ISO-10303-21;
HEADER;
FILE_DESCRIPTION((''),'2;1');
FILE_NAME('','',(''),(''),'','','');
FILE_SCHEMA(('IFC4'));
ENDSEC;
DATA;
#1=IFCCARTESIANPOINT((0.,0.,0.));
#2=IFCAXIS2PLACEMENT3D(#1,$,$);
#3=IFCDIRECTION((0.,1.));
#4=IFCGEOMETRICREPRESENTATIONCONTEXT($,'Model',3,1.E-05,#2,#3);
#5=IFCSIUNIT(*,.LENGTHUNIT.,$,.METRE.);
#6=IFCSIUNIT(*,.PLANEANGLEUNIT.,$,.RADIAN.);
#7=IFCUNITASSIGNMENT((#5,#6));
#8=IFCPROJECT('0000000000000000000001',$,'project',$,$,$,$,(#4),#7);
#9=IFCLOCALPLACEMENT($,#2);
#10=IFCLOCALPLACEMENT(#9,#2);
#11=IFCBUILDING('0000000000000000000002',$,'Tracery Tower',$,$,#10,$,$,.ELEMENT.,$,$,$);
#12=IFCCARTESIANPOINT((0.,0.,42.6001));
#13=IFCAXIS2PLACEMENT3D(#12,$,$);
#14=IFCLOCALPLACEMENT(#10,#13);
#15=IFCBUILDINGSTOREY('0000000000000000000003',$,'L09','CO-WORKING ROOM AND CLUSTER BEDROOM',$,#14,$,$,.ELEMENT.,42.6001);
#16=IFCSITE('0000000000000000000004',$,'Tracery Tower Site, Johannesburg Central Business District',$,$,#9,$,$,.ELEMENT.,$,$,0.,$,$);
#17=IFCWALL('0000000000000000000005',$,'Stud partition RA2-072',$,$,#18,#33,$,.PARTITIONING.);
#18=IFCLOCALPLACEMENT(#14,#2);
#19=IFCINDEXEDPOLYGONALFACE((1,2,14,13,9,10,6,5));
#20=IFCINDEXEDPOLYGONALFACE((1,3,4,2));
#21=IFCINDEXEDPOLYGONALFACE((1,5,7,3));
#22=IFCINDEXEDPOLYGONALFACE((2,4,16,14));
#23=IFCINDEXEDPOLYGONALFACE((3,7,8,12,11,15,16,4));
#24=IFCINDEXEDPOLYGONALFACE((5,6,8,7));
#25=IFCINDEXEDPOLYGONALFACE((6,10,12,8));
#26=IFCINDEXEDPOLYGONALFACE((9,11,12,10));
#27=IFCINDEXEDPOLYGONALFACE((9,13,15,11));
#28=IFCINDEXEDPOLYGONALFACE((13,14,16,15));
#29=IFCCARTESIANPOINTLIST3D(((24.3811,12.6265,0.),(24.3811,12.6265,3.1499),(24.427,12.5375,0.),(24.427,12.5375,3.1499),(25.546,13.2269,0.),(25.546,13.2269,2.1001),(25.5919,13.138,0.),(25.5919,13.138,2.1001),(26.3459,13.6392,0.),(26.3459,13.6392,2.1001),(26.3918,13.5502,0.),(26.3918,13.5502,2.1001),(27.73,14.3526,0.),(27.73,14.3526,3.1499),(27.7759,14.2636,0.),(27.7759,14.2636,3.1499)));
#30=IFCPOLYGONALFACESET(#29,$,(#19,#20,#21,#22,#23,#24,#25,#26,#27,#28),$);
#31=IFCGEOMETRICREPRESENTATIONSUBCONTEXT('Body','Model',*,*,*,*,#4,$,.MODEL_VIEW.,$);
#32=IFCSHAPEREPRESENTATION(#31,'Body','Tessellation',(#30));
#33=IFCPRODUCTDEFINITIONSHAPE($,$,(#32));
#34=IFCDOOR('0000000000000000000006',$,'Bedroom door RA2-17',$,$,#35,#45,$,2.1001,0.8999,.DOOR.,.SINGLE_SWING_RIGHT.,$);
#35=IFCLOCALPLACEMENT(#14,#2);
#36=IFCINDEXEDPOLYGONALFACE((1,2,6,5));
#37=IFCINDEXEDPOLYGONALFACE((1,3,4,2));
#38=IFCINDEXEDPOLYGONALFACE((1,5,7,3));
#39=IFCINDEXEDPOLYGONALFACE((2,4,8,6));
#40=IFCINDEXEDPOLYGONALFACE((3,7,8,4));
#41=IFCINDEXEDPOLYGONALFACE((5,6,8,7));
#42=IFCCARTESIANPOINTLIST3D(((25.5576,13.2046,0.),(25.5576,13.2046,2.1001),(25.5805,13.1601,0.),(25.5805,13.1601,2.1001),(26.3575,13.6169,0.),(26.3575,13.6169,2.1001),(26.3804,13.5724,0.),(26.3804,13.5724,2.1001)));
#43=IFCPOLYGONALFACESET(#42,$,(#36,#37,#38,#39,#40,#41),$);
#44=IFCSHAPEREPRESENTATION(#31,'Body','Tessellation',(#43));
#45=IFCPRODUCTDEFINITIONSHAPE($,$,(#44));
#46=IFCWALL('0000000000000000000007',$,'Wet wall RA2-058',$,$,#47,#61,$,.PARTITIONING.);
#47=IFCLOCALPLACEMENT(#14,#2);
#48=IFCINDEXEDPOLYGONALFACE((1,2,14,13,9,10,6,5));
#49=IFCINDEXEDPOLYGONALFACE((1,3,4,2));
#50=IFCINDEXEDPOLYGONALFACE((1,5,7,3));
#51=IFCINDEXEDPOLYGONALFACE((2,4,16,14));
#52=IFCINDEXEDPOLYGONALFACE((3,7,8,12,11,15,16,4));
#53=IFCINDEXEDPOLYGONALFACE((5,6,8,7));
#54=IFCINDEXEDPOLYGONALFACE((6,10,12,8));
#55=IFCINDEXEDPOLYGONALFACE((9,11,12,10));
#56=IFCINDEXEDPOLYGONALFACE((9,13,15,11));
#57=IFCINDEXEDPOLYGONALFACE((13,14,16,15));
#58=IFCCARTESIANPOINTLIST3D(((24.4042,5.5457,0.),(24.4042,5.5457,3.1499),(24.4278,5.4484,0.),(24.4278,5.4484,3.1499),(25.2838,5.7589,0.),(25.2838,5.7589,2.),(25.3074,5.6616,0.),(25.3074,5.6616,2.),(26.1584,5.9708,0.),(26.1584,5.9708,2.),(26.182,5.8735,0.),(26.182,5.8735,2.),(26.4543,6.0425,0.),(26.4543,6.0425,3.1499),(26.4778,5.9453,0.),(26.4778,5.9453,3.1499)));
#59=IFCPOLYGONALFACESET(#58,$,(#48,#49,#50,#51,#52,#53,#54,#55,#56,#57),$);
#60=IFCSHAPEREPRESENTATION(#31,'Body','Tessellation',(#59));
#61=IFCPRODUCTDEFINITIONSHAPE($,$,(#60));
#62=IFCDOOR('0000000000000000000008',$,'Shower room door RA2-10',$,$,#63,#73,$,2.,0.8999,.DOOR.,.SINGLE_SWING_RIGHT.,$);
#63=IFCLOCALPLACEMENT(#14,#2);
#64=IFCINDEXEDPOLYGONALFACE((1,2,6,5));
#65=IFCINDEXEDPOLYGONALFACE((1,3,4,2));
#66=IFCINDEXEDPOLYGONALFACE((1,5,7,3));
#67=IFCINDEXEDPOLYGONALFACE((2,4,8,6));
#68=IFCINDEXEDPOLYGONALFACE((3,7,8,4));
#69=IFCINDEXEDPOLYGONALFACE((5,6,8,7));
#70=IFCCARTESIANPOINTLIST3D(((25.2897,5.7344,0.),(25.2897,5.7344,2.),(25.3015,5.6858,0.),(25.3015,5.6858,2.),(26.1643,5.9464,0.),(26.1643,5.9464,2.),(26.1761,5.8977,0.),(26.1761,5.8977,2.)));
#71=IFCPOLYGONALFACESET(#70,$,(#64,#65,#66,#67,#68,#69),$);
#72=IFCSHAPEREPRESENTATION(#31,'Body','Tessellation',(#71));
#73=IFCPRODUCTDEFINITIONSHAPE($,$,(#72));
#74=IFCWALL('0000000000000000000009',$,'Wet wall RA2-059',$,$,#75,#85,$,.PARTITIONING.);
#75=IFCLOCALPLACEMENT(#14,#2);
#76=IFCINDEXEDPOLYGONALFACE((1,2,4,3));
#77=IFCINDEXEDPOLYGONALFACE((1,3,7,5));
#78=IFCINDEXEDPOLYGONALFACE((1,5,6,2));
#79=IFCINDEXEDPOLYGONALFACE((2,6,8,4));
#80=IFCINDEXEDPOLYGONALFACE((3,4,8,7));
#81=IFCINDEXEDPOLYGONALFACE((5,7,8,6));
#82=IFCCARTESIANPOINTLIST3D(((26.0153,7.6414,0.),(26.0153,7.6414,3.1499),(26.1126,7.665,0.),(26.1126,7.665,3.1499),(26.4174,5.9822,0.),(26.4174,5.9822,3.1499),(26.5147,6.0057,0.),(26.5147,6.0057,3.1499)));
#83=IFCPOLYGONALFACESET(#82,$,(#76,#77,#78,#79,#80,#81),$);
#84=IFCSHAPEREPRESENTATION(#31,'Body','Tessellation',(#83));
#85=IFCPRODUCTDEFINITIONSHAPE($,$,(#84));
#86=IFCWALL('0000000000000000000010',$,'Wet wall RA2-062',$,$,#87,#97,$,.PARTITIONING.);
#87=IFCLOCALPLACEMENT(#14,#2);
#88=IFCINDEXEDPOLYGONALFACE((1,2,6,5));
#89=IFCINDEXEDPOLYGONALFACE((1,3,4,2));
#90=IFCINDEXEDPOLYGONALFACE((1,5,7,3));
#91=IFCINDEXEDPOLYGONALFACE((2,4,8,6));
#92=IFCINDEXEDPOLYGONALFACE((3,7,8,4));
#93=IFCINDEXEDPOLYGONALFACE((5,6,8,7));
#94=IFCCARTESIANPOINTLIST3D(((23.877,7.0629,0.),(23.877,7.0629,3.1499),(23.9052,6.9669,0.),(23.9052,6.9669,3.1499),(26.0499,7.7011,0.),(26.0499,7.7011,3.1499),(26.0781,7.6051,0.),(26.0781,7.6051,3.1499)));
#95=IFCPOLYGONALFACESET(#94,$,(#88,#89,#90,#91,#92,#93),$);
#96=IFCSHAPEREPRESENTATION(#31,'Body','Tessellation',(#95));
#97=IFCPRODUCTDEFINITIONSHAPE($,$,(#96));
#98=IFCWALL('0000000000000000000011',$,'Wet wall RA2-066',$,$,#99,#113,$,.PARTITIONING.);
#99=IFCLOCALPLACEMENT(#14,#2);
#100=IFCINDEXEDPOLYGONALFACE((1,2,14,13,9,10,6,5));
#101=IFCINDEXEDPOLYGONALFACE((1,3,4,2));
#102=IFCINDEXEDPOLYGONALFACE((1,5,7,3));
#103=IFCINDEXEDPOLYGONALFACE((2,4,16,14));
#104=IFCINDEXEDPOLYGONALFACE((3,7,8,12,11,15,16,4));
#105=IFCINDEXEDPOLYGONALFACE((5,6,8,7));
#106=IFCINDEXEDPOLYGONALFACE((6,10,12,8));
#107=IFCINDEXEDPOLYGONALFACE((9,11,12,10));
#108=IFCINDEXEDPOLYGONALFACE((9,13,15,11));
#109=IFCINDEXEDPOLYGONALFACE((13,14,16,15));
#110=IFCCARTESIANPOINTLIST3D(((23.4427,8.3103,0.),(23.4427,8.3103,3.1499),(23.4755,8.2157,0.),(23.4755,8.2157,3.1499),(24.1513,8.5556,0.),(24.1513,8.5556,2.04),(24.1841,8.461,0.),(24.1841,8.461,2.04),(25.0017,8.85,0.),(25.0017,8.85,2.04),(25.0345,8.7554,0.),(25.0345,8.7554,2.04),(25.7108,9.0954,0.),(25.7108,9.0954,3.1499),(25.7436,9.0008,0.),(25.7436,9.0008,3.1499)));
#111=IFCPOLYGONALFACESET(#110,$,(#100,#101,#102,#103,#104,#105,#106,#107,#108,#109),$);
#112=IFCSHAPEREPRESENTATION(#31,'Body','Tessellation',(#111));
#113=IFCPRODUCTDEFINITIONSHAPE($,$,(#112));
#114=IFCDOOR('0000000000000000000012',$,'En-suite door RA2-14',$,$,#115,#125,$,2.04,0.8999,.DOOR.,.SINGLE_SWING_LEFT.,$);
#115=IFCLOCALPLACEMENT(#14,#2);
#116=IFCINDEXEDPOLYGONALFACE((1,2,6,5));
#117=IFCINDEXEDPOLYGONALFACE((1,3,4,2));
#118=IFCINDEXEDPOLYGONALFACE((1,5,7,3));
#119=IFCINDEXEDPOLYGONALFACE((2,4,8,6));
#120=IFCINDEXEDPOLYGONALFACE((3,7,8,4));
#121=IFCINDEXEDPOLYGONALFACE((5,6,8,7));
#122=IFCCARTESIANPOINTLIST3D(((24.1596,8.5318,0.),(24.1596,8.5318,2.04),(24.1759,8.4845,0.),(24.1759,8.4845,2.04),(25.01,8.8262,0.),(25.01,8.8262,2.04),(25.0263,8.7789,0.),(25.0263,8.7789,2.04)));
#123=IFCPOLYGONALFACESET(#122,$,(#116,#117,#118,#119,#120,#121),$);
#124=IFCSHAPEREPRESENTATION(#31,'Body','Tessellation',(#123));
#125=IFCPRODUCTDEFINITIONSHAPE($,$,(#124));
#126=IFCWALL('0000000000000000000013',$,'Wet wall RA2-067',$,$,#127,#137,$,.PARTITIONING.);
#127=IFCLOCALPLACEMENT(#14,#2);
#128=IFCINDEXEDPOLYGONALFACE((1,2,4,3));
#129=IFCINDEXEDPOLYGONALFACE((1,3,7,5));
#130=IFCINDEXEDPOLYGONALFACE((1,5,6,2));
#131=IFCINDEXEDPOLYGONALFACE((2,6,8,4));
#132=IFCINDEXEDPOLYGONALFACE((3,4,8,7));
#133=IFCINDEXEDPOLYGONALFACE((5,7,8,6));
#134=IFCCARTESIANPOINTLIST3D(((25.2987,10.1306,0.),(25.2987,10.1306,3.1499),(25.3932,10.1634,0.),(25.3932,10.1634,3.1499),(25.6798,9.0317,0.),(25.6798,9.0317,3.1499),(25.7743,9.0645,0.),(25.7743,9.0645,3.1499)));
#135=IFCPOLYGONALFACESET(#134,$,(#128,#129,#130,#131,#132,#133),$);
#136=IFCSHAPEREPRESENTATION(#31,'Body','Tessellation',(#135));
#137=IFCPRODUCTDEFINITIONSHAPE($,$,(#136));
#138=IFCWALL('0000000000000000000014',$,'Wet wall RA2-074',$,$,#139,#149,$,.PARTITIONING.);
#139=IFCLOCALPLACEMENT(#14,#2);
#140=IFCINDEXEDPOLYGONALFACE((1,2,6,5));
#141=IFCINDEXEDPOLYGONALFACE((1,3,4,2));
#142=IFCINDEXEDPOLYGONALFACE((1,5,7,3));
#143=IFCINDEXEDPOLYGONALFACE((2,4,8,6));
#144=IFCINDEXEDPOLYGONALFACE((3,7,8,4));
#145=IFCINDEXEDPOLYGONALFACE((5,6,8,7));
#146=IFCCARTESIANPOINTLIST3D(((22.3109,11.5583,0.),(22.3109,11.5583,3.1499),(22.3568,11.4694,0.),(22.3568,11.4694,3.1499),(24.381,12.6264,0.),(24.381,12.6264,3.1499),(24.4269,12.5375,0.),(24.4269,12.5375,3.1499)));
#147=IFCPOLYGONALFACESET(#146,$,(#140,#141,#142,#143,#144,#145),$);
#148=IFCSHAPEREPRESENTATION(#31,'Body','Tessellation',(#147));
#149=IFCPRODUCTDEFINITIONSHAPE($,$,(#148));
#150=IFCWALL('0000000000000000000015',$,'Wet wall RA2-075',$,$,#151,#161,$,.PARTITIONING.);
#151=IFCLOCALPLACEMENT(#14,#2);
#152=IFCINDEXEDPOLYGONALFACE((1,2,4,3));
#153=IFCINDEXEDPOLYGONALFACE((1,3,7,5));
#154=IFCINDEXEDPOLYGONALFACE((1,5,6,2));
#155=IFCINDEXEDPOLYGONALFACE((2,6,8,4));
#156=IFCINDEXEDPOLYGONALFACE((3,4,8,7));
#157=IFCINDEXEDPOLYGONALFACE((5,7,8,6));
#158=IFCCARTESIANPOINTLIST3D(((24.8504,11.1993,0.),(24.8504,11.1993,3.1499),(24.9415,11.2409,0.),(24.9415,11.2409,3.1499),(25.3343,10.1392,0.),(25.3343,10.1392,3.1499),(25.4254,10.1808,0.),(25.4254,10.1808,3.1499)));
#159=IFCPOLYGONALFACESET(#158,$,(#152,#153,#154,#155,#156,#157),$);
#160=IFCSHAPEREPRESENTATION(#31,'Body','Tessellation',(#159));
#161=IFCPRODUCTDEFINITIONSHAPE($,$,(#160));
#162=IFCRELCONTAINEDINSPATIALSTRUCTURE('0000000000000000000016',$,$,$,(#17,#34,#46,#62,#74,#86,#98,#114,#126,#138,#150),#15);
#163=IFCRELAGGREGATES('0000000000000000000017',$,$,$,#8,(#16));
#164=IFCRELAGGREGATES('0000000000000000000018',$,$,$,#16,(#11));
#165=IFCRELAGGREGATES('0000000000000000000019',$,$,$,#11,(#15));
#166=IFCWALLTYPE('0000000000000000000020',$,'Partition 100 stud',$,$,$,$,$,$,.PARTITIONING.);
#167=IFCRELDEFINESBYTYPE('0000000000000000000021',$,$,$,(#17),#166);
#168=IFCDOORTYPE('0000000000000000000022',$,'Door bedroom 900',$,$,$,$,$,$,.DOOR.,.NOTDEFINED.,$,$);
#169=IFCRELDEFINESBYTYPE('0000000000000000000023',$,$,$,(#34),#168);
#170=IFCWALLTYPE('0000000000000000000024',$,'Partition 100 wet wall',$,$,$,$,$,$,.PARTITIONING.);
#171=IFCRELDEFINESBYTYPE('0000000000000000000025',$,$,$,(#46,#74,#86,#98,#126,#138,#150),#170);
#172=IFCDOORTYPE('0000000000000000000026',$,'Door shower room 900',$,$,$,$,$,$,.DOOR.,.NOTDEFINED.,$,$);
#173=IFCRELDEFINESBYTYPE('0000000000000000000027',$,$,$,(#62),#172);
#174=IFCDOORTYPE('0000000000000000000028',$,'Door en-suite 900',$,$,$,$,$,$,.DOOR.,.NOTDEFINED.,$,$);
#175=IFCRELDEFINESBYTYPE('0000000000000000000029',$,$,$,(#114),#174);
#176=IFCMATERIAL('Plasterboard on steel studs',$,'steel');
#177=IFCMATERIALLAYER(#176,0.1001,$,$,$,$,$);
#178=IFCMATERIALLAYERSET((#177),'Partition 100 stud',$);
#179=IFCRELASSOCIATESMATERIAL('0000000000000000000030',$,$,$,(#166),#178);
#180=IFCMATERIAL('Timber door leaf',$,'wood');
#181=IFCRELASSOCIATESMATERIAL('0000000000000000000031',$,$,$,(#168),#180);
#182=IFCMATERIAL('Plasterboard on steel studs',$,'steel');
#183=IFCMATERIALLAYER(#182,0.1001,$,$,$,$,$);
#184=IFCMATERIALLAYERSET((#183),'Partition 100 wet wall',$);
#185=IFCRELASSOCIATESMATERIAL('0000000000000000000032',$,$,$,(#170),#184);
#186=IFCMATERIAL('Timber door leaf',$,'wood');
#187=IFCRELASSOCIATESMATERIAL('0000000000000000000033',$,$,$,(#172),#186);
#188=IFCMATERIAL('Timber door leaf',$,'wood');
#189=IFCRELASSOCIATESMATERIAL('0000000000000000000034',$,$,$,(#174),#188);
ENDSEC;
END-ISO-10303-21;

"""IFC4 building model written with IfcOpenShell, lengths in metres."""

from ifc_helpers import new_model, si_unit, direction, frame, frame_2d, origin, place, context, subcontext, project, spatial, rectangle, extrude, material, layer, layer_set, type_object, element, fill, save


model = new_model("IFC4")

# Units and contexts
model_context = context("Model", 3, precision=1e-05, world=origin(), true_north=direction((0.0, 1.0)))
body_context = subcontext(model_context, "Body", "Model", "MODEL_VIEW")
ifc_project = project(units=[si_unit("LENGTHUNIT", "METRE"), si_unit("PLANEANGLEUNIT", "RADIAN")], contexts=[model_context])

# Site, building, storey
site_placement = place(None, origin())
site = spatial("IfcSite", under=ifc_project, at=site_placement, Name="Tracery Tower Site, Johannesburg Central Business District", CompositionType="ELEMENT", RefElevation=0.0)
building_placement = place(site_placement, origin())
building = spatial("IfcBuilding", under=site, at=building_placement, Name="Tracery Tower", CompositionType="ELEMENT")
storey_placement = place(building_placement, frame((0.0, 0.0, 42.6001)))
storey = spatial("IfcBuildingStorey", under=building, at=storey_placement, Name="L09", Description="CO-WORKING ROOM AND CLUSTER BEDROOM", CompositionType="ELEMENT", Elevation=42.6001)

# Walls, openings, doors
ifc_material_1 = material(Name="Plasterboard on steel studs", Category="steel")
ifc_layer_1 = layer(ifc_material_1, 0.1001)
ifc_layer_set_1 = layer_set([ifc_layer_1], Name="Partition 100 stud")
wall_type_1 = type_object("IfcWallType", Name="Partition 100 stud", PredefinedType="PARTITIONING", material=ifc_layer_set_1)
ifc_material_2 = material(Name="Timber door leaf", Category="wood")
door_type_1 = type_object("IfcDoorType", Name="Door bedroom 900", OperationType="NOTDEFINED", PredefinedType="DOOR", material=ifc_material_2)
wall_1_placement = place(storey_placement, frame((24.4041, 12.582, 0.0), z_axis=(0.0, 0.0, 1.0), x_axis=(0.888878, 0.458144, 0.0)))
wall_1 = element("IfcWall", 1, at=wall_1_placement, inside=storey, type_object=wall_type_1, Name="Stud partition RA2-072", PredefinedType="PARTITIONING", context=body_context, shape_type="SweptSolid", body=[
    extrude(rectangle(XDim=3.7676, YDim=0.1001, at=frame_2d((1.8838, 0.0))), origin(), (0.0, 0.0, 1.0), 3.1499),
])
opening_1_placement = place(wall_1_placement, frame((1.3105, 0.0, 0.0)))
opening_1 = element("IfcOpeningElement", 2, at=opening_1_placement, cuts=wall_1, PredefinedType="OPENING", context=body_context, shape_type="SweptSolid", body=[
    extrude(rectangle(XDim=0.8999, YDim=2.1001, at=frame_2d((0.45, 1.05))), frame((0.0, 0.05, 0.0), z_axis=(0.0, -1.0, 0.0), x_axis=(1.0, 0.0, 0.0)), (0.0, 0.0, 1.0), 0.1001),
])
door_1_placement = place(opening_1_placement, origin())
door_1 = element("IfcDoor", 3, at=door_1_placement, inside=storey, type_object=door_type_1, Name="Bedroom door RA2-17", OperationType="SINGLE_SWING_RIGHT", OverallHeight=2.1001, OverallWidth=0.8999, PredefinedType="DOOR", context=body_context, shape_type="SweptSolid", body=[
    extrude(rectangle(XDim=0.8999, YDim=2.1001, at=frame_2d((0.45, 1.05))), frame((0.0, 0.0249, 0.0), z_axis=(0.0, -1.0, 0.0), x_axis=(1.0, 0.0, 0.0)), (0.0, 0.0, 1.0), 0.05),
])
fill(opening_1, door_1)
ifc_material_3 = material(Name="Plasterboard on steel studs", Category="steel")
ifc_layer_2 = layer(ifc_material_3, 0.1001)
ifc_layer_set_2 = layer_set([ifc_layer_2], Name="Partition 100 wet wall")
wall_type_2 = type_object("IfcWallType", Name="Partition 100 wet wall", PredefinedType="PARTITIONING", material=ifc_layer_set_2)
wall_2_placement = place(storey_placement, frame((24.416, 5.4971, 0.0), z_axis=(0.0, 0.0, 1.0), x_axis=(0.971867, 0.23553, 0.0)))
wall_2 = element("IfcWall", 4, at=wall_2_placement, inside=storey, type_object=wall_type_2, Name="Wet wall RA2-058", PredefinedType="PARTITIONING", context=body_context, shape_type="SweptSolid", body=[
    extrude(rectangle(XDim=2.1094, YDim=0.1001, at=frame_2d((1.0547, 0.0))), origin(), (0.0, 0.0, 1.0), 3.1499),
])
opening_2_placement = place(wall_2_placement, frame((0.905, 0.0, 0.0)))
opening_2 = element("IfcOpeningElement", 5, at=opening_2_placement, cuts=wall_2, PredefinedType="OPENING", context=body_context, shape_type="SweptSolid", body=[
    extrude(rectangle(XDim=0.8999, YDim=2.0, at=frame_2d((0.45, 1.0))), frame((0.0, 0.05, 0.0), z_axis=(0.0, -1.0, 0.0), x_axis=(1.0, 0.0, 0.0)), (0.0, 0.0, 1.0), 0.1001),
])
ifc_material_4 = material(Name="Timber door leaf", Category="wood")
door_type_2 = type_object("IfcDoorType", Name="Door shower room 900", OperationType="NOTDEFINED", PredefinedType="DOOR", material=ifc_material_4)
door_2_placement = place(opening_2_placement, origin())
door_2 = element("IfcDoor", 6, at=door_2_placement, inside=storey, type_object=door_type_2, Name="Shower room door RA2-10", OperationType="SINGLE_SWING_RIGHT", OverallHeight=2.0, OverallWidth=0.8999, PredefinedType="DOOR", context=body_context, shape_type="SweptSolid", body=[
    extrude(rectangle(XDim=0.8999, YDim=2.0, at=frame_2d((0.45, 1.0))), frame((0.0, 0.0249, 0.0), z_axis=(0.0, -1.0, 0.0), x_axis=(1.0, 0.0, 0.0)), (0.0, 0.0, 1.0), 0.05),
])
fill(opening_2, door_2)

# Walls
wall_3_placement = place(storey_placement, frame((26.064, 7.6531, 0.0), z_axis=(0.0, 0.0, 1.0), x_axis=(0.23553, -0.971867, 0.0)))
element("IfcWall", 7, at=wall_3_placement, inside=storey, type_object=wall_type_2, Name="Wet wall RA2-059", PredefinedType="PARTITIONING", context=body_context, shape_type="SweptSolid", body=[
    extrude(rectangle(XDim=1.7073, YDim=0.1001, at=frame_2d((0.8535, 0.0))), origin(), (0.0, 0.0, 1.0), 3.1499),
])
wall_4_placement = place(storey_placement, frame((23.8911, 7.0149, 0.0), z_axis=(0.0, 0.0, 1.0), x_axis=(0.959472, 0.281804, 0.0)))
element("IfcWall", 8, at=wall_4_placement, inside=storey, type_object=wall_type_2, Name="Wet wall RA2-062", PredefinedType="PARTITIONING", context=body_context, shape_type="SweptSolid", body=[
    extrude(rectangle(XDim=2.2646, YDim=0.1001, at=frame_2d((1.1323, 0.0))), origin(), (0.0, 0.0, 1.0), 3.1499),
])

# Wall, opening, door
wall_5_placement = place(storey_placement, frame((23.459, 8.2629, 0.0), z_axis=(0.0, 0.0, 1.0), x_axis=(0.944979, 0.327132, 0.0)))
wall_5 = element("IfcWall", 9, at=wall_5_placement, inside=storey, type_object=wall_type_2, Name="Wet wall RA2-066", PredefinedType="PARTITIONING", context=body_context, shape_type="SweptSolid", body=[
    extrude(rectangle(XDim=2.4001, YDim=0.1001, at=frame_2d((1.2002, 0.0))), origin(), (0.0, 0.0, 1.0), 3.1499),
])
opening_3_placement = place(wall_5_placement, frame((0.75, 0.0, 0.0)))
opening_3 = element("IfcOpeningElement", 10, at=opening_3_placement, cuts=wall_5, PredefinedType="OPENING", context=body_context, shape_type="SweptSolid", body=[
    extrude(rectangle(XDim=0.8999, YDim=2.04, at=frame_2d((0.45, 1.02))), frame((0.0, 0.05, 0.0), z_axis=(0.0, -1.0, 0.0), x_axis=(1.0, 0.0, 0.0)), (0.0, 0.0, 1.0), 0.1001),
])
ifc_material_5 = material(Name="Timber door leaf", Category="wood")
door_type_3 = type_object("IfcDoorType", Name="Door en-suite 900", OperationType="NOTDEFINED", PredefinedType="DOOR", material=ifc_material_5)
door_3_placement = place(opening_3_placement, origin())
door_3 = element("IfcDoor", 11, at=door_3_placement, inside=storey, type_object=door_type_3, Name="En-suite door RA2-14", OperationType="SINGLE_SWING_LEFT", OverallHeight=2.04, OverallWidth=0.8999, PredefinedType="DOOR", context=body_context, shape_type="SweptSolid", body=[
    extrude(rectangle(XDim=0.8999, YDim=2.04, at=frame_2d((0.45, 1.02))), frame((0.0, 0.0249, 0.0), z_axis=(0.0, -1.0, 0.0), x_axis=(1.0, 0.0, 0.0)), (0.0, 0.0, 1.0), 0.05),
])
fill(opening_3, door_3)

# Walls
wall_6_placement = place(storey_placement, frame((25.3459, 10.147, 0.0), z_axis=(0.0, 0.0, 1.0), x_axis=(0.327666, -0.944794, 0.0)))
element("IfcWall", 12, at=wall_6_placement, inside=storey, type_object=wall_type_2, Name="Wet wall RA2-067", PredefinedType="PARTITIONING", context=body_context, shape_type="SweptSolid", body=[
    extrude(rectangle(XDim=1.1631, YDim=0.1001, at=frame_2d((0.5815, 0.0))), origin(), (0.0, 0.0, 1.0), 3.1499),
])
wall_7_placement = place(storey_placement, frame((22.334, 11.5139, 0.0), z_axis=(0.0, 0.0, 1.0), x_axis=(0.888674, 0.458539, 0.0)))
element("IfcWall", 13, at=wall_7_placement, inside=storey, type_object=wall_type_2, Name="Wet wall RA2-074", PredefinedType="PARTITIONING", context=body_context, shape_type="SweptSolid", body=[
    extrude(rectangle(XDim=2.3293, YDim=0.1001, at=frame_2d((1.1646, 0.0))), origin(), (0.0, 0.0, 1.0), 3.1499),
])
wall_8_placement = place(storey_placement, frame((24.896, 11.22, 0.0), z_axis=(0.0, 0.0, 1.0), x_axis=(0.415255, -0.909705, 0.0)))
element("IfcWall", 14, at=wall_8_placement, inside=storey, type_object=wall_type_2, Name="Wet wall RA2-075", PredefinedType="PARTITIONING", context=body_context, shape_type="SweptSolid", body=[
    extrude(rectangle(XDim=1.1653, YDim=0.1001, at=frame_2d((0.5825, 0.0))), origin(), (0.0, 0.0, 1.0), 3.1499),
])

save(model, "model.ifc")
